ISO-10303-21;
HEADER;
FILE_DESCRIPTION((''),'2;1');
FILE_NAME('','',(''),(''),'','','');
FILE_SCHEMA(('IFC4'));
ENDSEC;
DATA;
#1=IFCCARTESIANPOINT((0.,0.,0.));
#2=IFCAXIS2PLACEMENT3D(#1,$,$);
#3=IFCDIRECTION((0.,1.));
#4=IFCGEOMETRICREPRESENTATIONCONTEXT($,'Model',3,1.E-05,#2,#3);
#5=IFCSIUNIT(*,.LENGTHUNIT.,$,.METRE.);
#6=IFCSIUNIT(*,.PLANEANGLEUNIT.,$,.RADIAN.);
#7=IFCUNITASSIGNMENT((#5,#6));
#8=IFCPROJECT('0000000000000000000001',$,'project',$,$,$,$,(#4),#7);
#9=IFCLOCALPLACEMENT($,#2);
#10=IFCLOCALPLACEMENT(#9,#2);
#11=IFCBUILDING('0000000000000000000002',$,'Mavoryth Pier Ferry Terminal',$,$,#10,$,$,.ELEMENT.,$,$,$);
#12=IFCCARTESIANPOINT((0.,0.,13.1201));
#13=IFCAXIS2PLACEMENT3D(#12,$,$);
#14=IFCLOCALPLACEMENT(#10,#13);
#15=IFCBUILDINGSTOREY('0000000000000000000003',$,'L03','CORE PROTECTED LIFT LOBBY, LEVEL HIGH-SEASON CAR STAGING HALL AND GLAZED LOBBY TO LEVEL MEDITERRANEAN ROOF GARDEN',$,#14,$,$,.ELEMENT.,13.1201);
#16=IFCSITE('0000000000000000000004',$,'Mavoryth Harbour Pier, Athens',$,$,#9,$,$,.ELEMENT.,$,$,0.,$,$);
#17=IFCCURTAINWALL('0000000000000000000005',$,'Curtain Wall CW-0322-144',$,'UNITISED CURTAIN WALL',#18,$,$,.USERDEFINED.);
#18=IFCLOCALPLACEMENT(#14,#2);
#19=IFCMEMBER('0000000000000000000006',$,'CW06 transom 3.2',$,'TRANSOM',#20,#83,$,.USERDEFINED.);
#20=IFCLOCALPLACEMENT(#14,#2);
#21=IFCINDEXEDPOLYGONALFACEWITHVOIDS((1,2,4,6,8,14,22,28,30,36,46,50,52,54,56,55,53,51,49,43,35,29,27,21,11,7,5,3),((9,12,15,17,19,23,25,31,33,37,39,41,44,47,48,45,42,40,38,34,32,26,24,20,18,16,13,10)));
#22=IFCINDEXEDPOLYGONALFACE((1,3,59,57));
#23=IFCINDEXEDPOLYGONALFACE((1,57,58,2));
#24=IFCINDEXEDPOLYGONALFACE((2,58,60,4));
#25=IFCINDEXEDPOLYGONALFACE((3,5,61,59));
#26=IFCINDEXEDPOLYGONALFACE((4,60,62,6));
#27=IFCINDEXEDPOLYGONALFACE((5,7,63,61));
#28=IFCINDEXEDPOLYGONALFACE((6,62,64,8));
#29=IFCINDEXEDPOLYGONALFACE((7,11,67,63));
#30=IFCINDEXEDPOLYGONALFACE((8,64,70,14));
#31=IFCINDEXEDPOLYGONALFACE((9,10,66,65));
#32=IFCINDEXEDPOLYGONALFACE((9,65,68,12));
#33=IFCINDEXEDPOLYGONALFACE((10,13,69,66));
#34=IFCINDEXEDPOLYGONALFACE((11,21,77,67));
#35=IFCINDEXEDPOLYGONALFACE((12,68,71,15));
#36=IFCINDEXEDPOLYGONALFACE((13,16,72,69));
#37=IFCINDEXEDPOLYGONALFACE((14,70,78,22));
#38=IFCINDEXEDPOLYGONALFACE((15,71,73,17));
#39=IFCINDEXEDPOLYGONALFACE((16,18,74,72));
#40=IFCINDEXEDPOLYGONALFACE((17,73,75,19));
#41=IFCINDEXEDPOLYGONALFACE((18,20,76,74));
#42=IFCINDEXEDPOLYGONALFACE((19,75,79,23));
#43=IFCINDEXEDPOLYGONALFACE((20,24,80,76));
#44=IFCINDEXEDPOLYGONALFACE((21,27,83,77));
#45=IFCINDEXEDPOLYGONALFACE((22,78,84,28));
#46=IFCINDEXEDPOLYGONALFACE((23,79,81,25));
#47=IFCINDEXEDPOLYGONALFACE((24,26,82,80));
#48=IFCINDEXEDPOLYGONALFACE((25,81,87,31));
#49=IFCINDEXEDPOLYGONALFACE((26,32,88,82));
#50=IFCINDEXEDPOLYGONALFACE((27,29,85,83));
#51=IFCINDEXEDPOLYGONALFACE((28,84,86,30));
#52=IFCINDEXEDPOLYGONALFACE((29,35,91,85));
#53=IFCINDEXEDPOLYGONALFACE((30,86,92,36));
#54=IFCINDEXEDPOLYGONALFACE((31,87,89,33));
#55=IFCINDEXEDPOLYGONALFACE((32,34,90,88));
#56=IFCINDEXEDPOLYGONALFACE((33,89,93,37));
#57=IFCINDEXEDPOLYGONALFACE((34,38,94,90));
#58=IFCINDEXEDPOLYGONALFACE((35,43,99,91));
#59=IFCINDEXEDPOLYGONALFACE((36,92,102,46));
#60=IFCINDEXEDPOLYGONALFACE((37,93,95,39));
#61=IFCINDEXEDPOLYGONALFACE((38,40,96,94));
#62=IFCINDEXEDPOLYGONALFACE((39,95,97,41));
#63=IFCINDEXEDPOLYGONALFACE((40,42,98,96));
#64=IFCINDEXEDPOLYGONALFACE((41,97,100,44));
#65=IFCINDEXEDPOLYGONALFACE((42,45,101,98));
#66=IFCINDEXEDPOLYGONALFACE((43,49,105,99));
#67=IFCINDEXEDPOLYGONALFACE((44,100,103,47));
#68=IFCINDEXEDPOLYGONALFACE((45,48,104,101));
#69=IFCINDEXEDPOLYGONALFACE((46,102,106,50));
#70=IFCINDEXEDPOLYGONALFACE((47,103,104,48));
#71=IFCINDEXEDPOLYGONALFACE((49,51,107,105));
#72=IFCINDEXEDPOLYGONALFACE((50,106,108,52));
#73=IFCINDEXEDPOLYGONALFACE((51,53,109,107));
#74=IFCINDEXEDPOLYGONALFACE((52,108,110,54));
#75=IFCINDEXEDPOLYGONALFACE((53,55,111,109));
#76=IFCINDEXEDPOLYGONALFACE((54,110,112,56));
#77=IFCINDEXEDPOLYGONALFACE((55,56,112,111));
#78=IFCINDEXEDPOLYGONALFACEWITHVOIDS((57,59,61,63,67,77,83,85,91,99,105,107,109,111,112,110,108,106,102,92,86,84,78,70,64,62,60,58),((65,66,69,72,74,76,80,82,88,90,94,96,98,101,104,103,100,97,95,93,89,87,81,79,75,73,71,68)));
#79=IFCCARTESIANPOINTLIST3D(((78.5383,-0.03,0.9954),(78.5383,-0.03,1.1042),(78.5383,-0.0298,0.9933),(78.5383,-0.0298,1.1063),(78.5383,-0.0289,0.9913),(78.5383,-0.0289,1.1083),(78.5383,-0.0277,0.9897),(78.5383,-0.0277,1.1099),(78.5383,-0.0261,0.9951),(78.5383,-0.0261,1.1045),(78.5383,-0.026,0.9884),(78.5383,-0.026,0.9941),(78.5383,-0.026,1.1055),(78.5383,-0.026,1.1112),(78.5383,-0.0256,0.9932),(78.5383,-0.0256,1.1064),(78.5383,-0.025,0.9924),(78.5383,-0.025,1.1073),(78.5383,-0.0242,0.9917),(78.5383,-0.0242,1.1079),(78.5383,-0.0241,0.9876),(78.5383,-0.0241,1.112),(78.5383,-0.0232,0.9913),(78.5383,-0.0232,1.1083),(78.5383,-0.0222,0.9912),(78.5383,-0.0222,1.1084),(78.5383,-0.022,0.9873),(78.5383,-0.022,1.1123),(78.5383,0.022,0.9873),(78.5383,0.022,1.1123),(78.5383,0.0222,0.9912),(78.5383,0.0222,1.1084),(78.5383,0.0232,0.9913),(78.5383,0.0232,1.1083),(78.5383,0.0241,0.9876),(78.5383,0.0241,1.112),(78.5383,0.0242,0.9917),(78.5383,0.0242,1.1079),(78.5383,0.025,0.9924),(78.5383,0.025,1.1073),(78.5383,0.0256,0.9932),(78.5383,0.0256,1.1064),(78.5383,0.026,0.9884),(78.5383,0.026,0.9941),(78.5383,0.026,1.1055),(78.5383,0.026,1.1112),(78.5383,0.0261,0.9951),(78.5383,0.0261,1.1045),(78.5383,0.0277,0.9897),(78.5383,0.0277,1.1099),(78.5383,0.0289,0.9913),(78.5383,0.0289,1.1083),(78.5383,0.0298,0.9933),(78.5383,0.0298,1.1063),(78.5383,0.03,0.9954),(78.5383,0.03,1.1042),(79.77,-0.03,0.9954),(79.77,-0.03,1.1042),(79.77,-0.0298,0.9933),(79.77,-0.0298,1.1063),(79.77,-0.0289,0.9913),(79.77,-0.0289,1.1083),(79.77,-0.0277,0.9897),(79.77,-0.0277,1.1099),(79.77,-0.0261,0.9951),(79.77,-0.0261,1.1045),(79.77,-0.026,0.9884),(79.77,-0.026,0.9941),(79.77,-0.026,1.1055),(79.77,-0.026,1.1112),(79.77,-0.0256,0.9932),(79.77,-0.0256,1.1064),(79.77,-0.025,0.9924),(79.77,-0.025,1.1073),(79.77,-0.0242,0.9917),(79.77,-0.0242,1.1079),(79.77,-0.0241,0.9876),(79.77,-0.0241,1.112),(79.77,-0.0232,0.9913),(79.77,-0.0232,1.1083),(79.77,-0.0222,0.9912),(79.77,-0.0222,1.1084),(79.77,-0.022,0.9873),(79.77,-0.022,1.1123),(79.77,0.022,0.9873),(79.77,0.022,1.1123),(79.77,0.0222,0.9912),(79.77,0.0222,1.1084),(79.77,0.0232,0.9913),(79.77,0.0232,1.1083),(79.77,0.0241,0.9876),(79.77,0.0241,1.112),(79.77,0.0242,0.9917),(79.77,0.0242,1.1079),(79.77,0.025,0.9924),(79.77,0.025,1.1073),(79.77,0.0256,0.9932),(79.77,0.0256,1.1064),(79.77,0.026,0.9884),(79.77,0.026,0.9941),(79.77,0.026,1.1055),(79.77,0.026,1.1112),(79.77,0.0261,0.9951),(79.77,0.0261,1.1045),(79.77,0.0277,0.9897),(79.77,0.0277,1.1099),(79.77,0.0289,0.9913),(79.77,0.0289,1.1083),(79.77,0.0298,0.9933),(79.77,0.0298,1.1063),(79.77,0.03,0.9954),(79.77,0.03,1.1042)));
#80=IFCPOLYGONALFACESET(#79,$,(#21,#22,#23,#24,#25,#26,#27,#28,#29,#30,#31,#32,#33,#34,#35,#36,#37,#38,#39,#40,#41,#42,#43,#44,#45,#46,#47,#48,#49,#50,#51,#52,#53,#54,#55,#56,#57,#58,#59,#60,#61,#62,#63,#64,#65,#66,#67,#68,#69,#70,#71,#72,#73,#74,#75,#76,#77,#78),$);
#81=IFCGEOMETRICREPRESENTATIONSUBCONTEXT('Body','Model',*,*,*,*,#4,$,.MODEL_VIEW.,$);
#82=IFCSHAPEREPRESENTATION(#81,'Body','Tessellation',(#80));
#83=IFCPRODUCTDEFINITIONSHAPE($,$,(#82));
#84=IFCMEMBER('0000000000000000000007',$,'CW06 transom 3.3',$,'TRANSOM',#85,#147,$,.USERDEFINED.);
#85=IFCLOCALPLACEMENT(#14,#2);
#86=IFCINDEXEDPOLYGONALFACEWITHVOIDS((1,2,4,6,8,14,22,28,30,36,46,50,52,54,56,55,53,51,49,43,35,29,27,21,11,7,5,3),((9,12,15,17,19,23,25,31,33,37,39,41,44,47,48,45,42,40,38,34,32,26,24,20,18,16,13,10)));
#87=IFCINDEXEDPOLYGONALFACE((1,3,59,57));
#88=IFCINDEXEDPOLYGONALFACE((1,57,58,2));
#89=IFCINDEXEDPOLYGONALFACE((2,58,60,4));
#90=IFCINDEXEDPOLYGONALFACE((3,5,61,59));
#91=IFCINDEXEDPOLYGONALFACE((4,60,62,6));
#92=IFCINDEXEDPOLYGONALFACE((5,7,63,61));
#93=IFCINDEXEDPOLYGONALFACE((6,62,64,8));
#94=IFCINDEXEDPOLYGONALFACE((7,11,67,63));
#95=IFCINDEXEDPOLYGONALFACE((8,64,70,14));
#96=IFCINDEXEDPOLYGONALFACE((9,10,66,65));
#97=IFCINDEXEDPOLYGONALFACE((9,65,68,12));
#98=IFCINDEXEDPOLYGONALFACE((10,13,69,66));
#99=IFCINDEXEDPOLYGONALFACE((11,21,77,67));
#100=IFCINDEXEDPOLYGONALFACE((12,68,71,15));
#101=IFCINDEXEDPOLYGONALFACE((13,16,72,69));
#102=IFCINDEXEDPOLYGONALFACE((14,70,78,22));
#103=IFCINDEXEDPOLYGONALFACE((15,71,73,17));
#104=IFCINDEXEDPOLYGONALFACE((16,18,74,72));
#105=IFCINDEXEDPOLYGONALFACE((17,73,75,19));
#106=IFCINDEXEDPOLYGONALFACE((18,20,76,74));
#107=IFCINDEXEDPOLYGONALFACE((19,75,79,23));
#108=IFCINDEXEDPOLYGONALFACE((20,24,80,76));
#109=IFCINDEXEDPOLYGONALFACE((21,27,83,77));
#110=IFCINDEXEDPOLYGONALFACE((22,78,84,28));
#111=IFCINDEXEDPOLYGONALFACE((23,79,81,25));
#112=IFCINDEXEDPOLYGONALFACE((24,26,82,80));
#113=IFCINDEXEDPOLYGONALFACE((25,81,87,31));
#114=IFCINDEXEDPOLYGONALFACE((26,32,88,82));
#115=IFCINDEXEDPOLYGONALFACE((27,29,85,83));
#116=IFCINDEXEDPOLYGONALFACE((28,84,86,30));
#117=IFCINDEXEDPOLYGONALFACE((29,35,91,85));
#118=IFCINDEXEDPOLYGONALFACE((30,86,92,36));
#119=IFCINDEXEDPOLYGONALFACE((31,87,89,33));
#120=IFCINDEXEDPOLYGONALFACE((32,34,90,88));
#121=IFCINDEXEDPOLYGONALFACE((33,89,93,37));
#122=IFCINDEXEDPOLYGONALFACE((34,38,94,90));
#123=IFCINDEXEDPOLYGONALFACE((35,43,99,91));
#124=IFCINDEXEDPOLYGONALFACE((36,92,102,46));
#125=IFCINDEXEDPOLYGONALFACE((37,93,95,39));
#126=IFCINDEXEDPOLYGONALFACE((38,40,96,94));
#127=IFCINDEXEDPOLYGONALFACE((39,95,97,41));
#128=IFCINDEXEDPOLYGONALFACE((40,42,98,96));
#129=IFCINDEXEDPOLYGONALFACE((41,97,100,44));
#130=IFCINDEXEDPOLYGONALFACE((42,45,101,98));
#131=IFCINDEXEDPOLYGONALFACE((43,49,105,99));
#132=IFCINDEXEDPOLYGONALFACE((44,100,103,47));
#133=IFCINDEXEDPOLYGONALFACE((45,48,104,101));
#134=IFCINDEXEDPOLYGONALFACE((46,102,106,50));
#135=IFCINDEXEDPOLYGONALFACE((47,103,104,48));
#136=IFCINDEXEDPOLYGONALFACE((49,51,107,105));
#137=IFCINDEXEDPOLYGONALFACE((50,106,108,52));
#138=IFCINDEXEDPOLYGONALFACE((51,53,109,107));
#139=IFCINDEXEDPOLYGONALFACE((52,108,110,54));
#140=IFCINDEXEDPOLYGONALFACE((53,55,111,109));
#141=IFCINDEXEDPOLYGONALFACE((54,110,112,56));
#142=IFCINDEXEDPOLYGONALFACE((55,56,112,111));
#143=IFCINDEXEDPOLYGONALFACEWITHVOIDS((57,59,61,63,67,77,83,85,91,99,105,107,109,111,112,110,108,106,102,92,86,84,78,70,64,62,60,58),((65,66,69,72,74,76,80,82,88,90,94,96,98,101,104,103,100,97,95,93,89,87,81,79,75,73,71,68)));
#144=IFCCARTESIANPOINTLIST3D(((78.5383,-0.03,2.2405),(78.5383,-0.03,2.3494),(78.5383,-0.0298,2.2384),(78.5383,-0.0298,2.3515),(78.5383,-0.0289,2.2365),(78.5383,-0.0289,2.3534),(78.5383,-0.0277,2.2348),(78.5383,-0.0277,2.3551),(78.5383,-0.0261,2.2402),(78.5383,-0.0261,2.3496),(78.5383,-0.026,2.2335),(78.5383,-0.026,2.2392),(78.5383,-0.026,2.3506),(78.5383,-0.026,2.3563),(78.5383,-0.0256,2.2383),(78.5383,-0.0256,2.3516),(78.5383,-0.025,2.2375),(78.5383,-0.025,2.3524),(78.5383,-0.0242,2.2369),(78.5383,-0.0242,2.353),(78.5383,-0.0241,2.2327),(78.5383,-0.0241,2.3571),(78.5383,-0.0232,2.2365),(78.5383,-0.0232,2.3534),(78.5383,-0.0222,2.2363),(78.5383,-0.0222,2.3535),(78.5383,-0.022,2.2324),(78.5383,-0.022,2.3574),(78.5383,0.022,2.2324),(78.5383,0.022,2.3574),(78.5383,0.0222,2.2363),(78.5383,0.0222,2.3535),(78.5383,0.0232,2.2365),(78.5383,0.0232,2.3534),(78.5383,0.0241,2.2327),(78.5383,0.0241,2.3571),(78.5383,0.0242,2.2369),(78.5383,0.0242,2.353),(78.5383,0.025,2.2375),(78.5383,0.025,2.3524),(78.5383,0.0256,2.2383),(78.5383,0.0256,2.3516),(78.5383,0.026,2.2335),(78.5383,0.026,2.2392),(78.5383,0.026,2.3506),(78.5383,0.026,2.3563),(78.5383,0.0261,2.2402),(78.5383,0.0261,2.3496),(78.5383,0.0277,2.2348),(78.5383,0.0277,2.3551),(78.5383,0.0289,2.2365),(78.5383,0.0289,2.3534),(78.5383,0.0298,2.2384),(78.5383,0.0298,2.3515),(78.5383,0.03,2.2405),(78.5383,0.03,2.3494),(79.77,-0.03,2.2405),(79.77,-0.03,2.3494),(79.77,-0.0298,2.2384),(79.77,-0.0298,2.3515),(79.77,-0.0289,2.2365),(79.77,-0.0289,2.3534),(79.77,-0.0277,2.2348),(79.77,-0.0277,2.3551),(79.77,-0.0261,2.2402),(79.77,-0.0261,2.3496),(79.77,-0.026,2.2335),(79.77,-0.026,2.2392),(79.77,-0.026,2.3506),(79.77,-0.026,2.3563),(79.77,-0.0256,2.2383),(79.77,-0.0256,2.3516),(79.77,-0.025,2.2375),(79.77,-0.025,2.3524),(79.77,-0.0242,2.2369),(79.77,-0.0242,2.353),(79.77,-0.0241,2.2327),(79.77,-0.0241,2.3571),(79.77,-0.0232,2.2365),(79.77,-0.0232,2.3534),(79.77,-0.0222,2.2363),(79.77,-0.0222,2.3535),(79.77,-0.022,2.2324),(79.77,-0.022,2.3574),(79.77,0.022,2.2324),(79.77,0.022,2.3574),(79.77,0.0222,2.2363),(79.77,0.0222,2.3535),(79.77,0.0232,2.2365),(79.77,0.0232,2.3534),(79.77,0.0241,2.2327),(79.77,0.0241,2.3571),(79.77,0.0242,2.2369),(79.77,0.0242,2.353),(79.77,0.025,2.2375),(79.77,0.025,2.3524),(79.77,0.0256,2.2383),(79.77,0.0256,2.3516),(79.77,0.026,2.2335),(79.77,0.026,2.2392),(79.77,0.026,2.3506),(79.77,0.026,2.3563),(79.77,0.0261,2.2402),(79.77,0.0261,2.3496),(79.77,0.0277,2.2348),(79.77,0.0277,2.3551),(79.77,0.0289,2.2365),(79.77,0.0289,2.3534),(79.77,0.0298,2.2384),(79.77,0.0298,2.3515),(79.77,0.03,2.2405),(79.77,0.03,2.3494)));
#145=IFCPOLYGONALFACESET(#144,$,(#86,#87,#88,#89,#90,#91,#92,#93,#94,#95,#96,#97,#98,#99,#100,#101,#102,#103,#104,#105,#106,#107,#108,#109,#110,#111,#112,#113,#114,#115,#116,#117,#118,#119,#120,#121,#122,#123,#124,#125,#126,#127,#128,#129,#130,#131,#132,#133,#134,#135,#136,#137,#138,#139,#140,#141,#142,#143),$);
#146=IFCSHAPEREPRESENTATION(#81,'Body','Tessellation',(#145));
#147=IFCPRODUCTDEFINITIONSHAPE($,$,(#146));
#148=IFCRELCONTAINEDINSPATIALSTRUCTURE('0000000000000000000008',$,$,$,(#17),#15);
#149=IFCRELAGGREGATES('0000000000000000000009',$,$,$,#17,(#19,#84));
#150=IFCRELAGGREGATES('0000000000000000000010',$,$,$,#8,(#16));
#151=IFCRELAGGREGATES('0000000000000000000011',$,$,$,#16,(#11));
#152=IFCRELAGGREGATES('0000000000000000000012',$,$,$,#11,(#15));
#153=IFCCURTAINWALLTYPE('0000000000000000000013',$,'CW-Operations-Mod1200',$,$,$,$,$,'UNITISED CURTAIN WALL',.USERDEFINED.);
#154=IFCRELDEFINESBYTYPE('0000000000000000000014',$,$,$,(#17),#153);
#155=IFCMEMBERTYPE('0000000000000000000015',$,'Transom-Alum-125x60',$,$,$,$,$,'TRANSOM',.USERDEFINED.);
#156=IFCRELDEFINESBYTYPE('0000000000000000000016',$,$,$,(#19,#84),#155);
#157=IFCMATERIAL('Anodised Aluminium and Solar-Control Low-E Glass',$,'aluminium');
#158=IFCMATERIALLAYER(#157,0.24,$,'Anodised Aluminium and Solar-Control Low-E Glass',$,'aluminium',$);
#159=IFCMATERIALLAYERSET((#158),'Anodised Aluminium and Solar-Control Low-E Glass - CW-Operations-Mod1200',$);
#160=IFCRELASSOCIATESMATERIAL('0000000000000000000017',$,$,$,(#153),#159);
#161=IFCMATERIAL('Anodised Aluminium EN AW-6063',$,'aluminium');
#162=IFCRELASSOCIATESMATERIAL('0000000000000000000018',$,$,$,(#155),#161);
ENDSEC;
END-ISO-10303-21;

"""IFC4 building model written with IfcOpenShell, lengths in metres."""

from ifc_helpers import new_model, si_unit, direction, frame, origin, origin_2d, place, context, subcontext, project, spatial, hollow_rectangle, extrude, material, layer, layer_set, material_profile, profile_set, type_object, element, aggregate, save


model = new_model("IFC4")

# Units and contexts
model_context = context("Model", 3, precision=1e-05, world=origin(), true_north=direction((0.0, 1.0)))
body_context = subcontext(model_context, "Body", "Model", "MODEL_VIEW")
ifc_project = project(units=[si_unit("LENGTHUNIT", "METRE"), si_unit("PLANEANGLEUNIT", "RADIAN")], contexts=[model_context])

# Site, building, storey
site_placement = place(None, origin())
site = spatial("IfcSite", under=ifc_project, at=site_placement, Name="Mavoryth Harbour Pier, Athens", CompositionType="ELEMENT", RefElevation=0.0)
building_placement = place(site_placement, origin())
building = spatial("IfcBuilding", under=site, at=building_placement, Name="Mavoryth Pier Ferry Terminal", CompositionType="ELEMENT")
storey_placement = place(building_placement, frame((0.0, 0.0, 13.1201)))
storey = spatial("IfcBuildingStorey", under=building, at=storey_placement, Name="L03", Description="CORE PROTECTED LIFT LOBBY, LEVEL HIGH-SEASON CAR STAGING HALL AND GLAZED LOBBY TO LEVEL MEDITERRANEAN ROOF GARDEN", CompositionType="ELEMENT", Elevation=13.1201)

# Curtain wall, members
ifc_material_1 = material(Name="Anodised Aluminium and Solar-Control Low-E Glass", Category="aluminium")
ifc_layer_1 = layer(ifc_material_1, 0.24, Name="Anodised Aluminium and Solar-Control Low-E Glass", Category="aluminium")
ifc_layer_set_1 = layer_set([ifc_layer_1], Name="Anodised Aluminium and Solar-Control Low-E Glass - CW-Operations-Mod1200")
curtain_wall_type = type_object("IfcCurtainWallType", Name="CW-Operations-Mod1200", ElementType="UNITISED CURTAIN WALL", PredefinedType="USERDEFINED", material=ifc_layer_set_1)
curtain_wall_placement = place(storey_placement, origin())
curtain_wall = element("IfcCurtainWall", 1, at=curtain_wall_placement, inside=storey, type_object=curtain_wall_type, Name="Curtain Wall CW-0322-144", ObjectType="UNITISED CURTAIN WALL", PredefinedType="USERDEFINED")
ifc_material_2 = material(Name="Anodised Aluminium EN AW-6063", Category="aluminium")
ifc_material_profile_1 = material_profile(ifc_material_2, hollow_rectangle(XDim=0.0601, YDim=0.125, WallThickness=0.0039, InnerFilletRadius=0.0039, OuterFilletRadius=0.0081, at=origin_2d()), Name="AL-TRAN 125x60x4", Category="aluminium")
ifc_profile_set_1 = profile_set([ifc_material_profile_1], Name="Anodised Aluminium EN AW-6063 - AL-TRAN 125x60x4")
member_type_1 = type_object("IfcMemberType", Name="Transom-Alum-125x60", ElementType="TRANSOM", PredefinedType="USERDEFINED", material=ifc_profile_set_1)
member_1_placement = place(storey_placement, frame((78.5383, 0.0, 1.0498), z_axis=(1.0, 0.0, 0.0), x_axis=(0.0, 1.0, 0.0)))
member_1 = element("IfcMember", 2, at=member_1_placement, type_object=member_type_1, Name="CW06 transom 3.2", ObjectType="TRANSOM", PredefinedType="USERDEFINED", context=body_context, shape_type="SweptSolid", body=[
    extrude(hollow_rectangle(XDim=0.0601, YDim=0.125, WallThickness=0.0039, InnerFilletRadius=0.0039, OuterFilletRadius=0.0081, at=origin_2d()), origin(), (0.0, 0.0, 1.0), 1.2317),
])
member_2_placement = place(storey_placement, frame((78.5383, 0.0, 2.2949), z_axis=(1.0, 0.0, 0.0), x_axis=(0.0, 1.0, 0.0)))
member_2 = element("IfcMember", 3, at=member_2_placement, type_object=member_type_1, Name="CW06 transom 3.3", ObjectType="TRANSOM", PredefinedType="USERDEFINED", context=body_context, shape_type="SweptSolid", body=[
    extrude(hollow_rectangle(XDim=0.0601, YDim=0.125, WallThickness=0.0039, InnerFilletRadius=0.0039, OuterFilletRadius=0.0081, at=origin_2d()), origin(), (0.0, 0.0, 1.0), 1.2317),
])
aggregate(curtain_wall, [member_1, member_2])

save(model, "model.ifc")
